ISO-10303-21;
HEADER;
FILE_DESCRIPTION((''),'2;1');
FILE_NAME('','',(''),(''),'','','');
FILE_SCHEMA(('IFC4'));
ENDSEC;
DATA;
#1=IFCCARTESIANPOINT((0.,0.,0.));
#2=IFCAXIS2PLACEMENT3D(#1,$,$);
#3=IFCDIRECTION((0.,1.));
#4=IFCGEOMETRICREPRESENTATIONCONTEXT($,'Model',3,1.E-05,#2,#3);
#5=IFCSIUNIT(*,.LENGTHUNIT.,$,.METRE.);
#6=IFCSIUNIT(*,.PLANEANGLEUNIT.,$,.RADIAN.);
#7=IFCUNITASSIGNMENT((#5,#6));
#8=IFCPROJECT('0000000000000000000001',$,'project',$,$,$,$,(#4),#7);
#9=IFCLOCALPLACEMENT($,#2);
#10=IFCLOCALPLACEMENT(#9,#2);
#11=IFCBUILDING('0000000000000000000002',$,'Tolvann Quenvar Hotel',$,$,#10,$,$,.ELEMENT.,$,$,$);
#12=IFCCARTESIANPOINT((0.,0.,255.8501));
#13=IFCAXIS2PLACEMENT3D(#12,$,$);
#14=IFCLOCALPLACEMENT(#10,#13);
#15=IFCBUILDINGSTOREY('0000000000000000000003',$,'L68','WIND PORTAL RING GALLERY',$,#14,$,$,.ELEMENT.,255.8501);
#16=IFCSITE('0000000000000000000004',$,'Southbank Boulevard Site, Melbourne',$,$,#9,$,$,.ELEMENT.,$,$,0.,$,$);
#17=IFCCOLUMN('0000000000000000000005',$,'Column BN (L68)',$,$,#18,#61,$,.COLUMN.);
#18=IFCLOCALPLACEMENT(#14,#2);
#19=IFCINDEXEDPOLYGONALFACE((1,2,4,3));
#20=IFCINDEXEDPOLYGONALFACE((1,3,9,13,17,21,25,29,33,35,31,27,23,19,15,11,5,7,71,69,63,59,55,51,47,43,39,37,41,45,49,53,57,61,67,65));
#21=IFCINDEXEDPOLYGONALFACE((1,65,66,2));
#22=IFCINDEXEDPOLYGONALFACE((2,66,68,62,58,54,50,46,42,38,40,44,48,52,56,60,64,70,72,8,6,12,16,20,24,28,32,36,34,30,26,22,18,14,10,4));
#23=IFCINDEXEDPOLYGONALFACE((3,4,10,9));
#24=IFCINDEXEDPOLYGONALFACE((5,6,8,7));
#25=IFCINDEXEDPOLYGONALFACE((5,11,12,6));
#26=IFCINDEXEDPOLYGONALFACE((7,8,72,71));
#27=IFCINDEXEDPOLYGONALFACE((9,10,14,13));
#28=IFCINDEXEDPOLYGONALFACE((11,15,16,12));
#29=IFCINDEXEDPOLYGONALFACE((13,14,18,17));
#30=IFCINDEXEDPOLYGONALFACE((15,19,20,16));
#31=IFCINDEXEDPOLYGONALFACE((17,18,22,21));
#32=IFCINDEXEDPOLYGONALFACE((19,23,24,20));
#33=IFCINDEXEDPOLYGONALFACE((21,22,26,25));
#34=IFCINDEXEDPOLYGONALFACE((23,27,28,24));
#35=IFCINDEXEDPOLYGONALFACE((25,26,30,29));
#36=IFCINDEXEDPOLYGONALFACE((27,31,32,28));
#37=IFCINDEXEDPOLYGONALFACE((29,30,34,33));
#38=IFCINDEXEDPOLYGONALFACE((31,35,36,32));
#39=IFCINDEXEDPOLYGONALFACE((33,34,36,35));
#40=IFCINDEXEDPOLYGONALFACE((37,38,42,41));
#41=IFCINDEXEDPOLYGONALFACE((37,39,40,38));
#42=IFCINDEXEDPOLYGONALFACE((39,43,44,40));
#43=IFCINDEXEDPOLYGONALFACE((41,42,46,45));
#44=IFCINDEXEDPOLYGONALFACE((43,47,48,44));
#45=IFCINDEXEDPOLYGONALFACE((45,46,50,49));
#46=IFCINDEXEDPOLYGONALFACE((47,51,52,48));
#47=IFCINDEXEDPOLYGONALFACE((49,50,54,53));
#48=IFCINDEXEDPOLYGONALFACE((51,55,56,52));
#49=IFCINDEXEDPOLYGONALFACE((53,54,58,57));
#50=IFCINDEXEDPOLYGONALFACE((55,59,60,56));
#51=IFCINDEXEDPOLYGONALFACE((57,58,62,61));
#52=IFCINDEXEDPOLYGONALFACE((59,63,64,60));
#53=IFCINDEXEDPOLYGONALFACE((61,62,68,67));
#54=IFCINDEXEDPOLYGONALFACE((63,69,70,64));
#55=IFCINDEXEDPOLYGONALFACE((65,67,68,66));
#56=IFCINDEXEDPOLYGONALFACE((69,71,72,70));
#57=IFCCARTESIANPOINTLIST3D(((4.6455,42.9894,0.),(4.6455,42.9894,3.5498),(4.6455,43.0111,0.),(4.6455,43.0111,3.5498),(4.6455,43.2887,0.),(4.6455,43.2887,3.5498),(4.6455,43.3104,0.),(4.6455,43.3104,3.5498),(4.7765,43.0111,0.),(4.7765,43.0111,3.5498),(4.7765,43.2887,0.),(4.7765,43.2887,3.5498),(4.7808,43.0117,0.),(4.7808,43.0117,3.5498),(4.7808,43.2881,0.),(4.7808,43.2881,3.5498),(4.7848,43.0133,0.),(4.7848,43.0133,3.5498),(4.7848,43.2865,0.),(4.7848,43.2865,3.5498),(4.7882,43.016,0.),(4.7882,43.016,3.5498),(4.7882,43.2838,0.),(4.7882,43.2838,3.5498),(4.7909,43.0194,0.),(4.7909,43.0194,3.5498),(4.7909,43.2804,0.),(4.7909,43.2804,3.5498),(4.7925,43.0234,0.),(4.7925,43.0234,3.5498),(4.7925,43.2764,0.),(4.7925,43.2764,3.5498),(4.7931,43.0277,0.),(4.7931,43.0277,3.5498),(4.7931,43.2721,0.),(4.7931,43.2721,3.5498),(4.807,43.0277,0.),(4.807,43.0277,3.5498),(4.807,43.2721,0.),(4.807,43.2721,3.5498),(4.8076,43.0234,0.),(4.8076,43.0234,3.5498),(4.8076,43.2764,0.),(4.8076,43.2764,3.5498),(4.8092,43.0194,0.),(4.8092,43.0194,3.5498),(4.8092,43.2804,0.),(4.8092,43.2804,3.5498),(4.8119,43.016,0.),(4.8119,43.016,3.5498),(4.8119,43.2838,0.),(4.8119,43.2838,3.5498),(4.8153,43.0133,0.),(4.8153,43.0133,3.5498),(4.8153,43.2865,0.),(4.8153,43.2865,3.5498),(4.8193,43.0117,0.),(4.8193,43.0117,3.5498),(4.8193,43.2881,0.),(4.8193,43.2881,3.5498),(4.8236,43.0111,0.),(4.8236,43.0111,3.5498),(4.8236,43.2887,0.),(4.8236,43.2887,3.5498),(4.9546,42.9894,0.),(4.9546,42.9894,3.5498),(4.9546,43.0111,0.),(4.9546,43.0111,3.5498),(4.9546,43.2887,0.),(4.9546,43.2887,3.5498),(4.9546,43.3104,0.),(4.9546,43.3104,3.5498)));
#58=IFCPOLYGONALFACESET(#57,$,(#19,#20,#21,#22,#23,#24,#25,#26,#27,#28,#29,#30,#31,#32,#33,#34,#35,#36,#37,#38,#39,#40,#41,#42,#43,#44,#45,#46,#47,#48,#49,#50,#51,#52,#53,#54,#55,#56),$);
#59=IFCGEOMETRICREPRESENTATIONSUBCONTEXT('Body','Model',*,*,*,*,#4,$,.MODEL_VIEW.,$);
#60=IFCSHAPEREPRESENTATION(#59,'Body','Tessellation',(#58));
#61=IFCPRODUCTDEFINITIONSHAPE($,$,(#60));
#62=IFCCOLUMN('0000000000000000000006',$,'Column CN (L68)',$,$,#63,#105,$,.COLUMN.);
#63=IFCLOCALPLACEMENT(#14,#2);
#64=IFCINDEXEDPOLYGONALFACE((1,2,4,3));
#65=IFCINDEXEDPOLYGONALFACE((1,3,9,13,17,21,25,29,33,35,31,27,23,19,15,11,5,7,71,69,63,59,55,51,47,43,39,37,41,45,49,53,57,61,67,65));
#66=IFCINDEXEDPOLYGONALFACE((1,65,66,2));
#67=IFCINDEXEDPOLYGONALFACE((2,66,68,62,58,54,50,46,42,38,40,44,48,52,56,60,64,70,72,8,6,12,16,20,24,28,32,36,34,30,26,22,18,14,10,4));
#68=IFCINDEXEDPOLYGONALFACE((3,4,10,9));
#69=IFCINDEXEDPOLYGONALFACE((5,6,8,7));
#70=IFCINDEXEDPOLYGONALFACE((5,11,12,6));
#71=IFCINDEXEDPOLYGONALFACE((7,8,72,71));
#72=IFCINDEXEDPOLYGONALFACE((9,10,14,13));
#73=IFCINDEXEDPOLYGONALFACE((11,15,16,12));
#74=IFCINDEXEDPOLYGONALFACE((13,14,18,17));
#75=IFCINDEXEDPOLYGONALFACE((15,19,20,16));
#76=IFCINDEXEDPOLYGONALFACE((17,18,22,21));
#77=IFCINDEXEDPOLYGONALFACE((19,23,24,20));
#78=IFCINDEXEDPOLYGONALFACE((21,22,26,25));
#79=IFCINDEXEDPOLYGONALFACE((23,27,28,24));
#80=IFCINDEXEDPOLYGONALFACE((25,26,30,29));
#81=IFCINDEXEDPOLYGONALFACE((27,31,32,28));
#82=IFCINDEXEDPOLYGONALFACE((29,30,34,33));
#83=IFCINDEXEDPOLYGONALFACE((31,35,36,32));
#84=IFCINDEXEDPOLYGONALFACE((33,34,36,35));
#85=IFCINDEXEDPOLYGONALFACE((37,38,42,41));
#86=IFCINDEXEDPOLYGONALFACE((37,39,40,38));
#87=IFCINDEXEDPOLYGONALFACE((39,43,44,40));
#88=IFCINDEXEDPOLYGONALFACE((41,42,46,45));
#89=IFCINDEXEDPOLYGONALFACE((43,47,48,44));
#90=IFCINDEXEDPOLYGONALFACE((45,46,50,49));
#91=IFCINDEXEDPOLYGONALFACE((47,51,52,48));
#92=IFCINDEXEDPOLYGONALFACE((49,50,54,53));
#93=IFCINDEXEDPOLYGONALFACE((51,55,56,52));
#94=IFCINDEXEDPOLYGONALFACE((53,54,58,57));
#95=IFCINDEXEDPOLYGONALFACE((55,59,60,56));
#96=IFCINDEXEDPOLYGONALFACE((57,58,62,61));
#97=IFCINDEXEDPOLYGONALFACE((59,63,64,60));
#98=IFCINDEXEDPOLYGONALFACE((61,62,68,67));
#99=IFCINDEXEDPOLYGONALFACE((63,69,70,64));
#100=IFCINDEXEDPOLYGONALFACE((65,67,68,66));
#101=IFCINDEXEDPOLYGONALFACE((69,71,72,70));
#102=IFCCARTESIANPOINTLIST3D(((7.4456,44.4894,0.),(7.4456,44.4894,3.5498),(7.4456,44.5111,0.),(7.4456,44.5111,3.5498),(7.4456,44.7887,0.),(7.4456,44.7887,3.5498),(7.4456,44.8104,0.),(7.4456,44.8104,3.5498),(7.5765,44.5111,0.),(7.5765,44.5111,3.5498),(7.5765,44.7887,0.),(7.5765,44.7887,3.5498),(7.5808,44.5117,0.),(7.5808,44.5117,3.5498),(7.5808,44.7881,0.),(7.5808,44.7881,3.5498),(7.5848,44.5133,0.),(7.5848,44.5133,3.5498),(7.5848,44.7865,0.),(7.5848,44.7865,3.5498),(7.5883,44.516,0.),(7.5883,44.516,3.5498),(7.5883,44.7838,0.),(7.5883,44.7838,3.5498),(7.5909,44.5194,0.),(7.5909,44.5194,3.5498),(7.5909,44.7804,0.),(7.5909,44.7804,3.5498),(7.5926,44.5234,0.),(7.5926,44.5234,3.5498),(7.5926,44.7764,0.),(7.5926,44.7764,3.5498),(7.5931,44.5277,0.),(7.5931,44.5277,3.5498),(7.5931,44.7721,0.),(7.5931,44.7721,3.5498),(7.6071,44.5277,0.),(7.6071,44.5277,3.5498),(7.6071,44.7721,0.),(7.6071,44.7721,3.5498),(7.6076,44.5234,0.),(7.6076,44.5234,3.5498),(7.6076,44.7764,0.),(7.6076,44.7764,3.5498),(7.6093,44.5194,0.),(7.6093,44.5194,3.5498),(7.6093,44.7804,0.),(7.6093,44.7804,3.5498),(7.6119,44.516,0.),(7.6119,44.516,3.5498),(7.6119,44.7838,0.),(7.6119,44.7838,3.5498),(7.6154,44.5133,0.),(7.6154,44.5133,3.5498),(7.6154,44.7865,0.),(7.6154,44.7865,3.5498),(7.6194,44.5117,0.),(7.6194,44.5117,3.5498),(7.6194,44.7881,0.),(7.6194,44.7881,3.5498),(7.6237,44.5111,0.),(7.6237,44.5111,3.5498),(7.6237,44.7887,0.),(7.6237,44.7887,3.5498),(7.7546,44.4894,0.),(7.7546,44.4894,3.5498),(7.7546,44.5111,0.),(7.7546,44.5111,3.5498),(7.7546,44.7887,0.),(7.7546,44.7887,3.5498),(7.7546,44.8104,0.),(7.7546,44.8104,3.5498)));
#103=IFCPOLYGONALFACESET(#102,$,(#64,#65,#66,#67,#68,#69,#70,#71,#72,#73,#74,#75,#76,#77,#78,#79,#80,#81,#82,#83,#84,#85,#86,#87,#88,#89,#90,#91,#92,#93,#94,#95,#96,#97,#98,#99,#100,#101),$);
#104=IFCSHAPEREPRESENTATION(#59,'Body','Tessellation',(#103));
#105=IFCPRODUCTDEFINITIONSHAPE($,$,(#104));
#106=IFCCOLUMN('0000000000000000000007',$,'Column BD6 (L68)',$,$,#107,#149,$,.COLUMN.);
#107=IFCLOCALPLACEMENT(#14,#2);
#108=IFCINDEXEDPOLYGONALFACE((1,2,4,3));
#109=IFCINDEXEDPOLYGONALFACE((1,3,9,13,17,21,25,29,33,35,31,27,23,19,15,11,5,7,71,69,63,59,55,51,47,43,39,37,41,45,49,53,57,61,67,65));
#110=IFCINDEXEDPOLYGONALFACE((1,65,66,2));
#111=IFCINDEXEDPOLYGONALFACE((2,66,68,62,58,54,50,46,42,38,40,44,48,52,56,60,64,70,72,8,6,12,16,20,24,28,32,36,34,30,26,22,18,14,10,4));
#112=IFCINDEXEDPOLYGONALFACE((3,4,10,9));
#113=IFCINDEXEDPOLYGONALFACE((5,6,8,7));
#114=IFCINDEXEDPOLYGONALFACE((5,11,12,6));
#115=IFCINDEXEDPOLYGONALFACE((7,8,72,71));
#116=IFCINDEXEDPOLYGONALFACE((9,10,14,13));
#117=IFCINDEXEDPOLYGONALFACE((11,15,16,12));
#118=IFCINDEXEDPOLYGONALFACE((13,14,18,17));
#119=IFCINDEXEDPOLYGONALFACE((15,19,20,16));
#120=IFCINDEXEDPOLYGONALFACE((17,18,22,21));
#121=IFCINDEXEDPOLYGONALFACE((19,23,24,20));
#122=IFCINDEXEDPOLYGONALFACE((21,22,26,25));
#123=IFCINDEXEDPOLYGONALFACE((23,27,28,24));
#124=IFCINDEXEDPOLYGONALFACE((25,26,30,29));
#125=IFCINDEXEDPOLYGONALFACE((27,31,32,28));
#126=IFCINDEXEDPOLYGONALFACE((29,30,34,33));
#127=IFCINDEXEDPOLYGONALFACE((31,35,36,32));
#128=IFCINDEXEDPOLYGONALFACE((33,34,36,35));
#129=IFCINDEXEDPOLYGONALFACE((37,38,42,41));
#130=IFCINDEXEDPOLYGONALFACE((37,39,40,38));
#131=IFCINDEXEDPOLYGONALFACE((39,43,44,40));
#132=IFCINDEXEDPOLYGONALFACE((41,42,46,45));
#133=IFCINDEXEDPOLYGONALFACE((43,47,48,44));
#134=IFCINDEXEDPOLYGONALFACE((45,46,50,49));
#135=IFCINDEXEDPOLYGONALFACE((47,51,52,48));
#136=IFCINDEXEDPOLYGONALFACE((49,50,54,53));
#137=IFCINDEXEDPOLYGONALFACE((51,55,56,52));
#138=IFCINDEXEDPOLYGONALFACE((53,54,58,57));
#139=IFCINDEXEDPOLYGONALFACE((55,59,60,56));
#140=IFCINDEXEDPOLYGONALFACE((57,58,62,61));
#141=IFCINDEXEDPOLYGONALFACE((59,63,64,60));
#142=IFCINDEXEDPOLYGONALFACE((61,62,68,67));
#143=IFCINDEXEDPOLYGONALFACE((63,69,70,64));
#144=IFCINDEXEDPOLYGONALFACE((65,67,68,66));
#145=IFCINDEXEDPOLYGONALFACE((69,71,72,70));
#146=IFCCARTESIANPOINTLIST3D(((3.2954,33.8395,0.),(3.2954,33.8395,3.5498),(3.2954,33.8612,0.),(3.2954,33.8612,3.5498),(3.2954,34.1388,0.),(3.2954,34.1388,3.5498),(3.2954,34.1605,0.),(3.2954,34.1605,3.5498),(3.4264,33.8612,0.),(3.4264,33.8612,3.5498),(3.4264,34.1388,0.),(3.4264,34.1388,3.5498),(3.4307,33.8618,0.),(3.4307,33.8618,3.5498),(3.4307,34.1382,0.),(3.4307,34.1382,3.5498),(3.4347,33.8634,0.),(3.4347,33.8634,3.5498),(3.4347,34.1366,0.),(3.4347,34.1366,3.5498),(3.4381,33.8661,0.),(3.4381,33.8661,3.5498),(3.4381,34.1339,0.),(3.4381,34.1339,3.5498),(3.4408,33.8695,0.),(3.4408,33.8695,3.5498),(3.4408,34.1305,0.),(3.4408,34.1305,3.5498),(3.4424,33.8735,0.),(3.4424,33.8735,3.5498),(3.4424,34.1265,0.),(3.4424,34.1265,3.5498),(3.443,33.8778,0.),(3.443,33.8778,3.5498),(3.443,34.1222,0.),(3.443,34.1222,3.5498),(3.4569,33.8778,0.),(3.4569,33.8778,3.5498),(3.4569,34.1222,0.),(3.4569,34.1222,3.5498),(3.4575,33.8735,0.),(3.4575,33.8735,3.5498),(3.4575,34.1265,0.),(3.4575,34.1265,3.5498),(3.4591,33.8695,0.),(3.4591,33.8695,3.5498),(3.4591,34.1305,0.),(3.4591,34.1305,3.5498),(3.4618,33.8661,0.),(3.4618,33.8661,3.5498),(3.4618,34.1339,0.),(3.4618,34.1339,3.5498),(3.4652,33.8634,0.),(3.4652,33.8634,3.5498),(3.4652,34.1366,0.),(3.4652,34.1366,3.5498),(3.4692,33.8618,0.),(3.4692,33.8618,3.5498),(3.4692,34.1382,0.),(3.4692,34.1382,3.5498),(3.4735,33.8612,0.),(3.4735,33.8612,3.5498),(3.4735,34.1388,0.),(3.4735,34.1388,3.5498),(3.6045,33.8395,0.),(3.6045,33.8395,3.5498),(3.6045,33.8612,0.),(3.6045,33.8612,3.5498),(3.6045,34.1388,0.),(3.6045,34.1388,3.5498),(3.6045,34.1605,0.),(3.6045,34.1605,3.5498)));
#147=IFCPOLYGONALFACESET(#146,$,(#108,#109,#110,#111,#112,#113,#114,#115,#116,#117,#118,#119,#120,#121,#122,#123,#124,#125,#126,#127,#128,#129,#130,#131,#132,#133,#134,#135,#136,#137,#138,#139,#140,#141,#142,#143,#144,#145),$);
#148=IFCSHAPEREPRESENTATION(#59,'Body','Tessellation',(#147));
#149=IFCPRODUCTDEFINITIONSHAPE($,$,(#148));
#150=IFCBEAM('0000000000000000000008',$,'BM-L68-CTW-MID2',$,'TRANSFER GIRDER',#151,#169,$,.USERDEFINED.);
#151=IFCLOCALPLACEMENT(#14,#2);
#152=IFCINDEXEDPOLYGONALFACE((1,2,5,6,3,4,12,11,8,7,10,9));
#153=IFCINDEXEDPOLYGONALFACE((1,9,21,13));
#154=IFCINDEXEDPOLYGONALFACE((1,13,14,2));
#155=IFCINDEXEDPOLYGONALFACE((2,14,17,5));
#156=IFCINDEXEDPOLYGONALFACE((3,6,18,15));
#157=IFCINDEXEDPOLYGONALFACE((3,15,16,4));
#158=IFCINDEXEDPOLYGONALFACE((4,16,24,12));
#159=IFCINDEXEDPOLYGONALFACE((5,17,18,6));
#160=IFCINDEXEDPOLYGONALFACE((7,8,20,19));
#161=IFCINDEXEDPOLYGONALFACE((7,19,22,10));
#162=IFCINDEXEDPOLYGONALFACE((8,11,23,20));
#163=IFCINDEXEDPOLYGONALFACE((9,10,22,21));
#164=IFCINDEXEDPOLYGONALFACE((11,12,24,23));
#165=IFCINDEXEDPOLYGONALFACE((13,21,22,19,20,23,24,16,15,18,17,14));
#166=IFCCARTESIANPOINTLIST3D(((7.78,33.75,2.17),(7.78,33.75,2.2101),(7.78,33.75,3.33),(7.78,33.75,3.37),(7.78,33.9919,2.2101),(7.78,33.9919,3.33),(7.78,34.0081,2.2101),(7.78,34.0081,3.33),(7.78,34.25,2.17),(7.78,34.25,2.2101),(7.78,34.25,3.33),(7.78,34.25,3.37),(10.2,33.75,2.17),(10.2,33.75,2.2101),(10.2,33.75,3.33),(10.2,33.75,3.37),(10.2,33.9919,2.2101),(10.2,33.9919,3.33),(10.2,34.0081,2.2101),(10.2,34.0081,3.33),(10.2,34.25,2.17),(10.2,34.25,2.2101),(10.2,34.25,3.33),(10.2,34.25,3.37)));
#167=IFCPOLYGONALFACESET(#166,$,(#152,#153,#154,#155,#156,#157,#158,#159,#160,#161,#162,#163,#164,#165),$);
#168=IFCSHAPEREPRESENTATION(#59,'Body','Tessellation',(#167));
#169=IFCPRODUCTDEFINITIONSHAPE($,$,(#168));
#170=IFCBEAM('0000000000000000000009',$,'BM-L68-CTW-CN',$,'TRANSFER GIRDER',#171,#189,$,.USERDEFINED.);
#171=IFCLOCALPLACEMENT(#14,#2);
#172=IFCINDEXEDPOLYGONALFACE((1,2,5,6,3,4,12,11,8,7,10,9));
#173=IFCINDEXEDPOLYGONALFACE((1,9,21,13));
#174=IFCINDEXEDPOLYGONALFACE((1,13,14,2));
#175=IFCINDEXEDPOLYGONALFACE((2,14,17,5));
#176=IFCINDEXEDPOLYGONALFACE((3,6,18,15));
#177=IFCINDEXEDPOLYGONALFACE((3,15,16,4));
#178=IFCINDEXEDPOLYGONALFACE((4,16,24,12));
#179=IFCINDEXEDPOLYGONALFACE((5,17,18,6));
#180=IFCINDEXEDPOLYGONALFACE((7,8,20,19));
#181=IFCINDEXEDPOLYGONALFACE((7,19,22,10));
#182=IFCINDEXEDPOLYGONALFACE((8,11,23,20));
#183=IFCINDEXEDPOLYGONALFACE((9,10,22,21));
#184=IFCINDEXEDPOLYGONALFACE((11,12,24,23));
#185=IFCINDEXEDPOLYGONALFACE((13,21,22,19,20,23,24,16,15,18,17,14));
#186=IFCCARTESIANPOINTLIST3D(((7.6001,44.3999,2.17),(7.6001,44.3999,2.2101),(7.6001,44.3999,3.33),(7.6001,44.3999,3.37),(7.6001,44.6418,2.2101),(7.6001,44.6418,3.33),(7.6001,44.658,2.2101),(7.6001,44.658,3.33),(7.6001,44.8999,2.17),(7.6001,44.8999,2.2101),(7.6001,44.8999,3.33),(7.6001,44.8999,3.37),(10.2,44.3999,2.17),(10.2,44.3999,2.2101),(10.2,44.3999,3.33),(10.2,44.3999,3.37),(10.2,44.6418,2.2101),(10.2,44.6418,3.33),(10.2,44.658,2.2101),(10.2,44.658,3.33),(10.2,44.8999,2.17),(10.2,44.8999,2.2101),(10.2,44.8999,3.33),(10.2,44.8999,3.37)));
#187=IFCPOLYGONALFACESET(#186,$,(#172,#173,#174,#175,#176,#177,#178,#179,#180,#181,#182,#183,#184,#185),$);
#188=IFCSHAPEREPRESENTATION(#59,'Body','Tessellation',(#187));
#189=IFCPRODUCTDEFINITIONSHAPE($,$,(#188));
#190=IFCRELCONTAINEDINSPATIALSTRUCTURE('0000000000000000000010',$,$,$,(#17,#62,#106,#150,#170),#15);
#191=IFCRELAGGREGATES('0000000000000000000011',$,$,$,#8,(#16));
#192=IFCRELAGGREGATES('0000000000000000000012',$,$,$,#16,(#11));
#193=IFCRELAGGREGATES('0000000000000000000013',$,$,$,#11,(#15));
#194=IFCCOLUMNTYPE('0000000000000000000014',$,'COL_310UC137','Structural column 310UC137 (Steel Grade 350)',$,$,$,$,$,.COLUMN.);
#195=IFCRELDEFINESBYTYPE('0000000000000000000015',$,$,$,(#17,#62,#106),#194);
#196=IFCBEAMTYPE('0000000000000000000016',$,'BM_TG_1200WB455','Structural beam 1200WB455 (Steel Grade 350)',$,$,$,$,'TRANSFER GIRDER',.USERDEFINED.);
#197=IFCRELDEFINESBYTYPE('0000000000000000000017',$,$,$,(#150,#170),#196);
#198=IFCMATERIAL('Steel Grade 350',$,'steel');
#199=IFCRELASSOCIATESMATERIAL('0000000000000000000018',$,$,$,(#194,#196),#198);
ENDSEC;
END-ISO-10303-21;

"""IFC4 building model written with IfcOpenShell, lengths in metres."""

from ifc_helpers import new_model, si_unit, direction, frame, origin, origin_2d, place, context, subcontext, project, spatial, i_section, extrude, source, transform, mapped, material, material_profile, profile_set, type_object, type_shapes, element, save


model = new_model("IFC4")

# Units and contexts
model_context = context("Model", 3, precision=1e-05, world=origin(), true_north=direction((0.0, 1.0)))
body_context = subcontext(model_context, "Body", "Model", "MODEL_VIEW")
ifc_project = project(units=[si_unit("LENGTHUNIT", "METRE"), si_unit("PLANEANGLEUNIT", "RADIAN")], contexts=[model_context])

# Site, building, storey
site_placement = place(None, origin())
site = spatial("IfcSite", under=ifc_project, at=site_placement, Name="Southbank Boulevard Site, Melbourne", CompositionType="ELEMENT", RefElevation=0.0)
building_placement = place(site_placement, origin())
building = spatial("IfcBuilding", under=site, at=building_placement, Name="Tolvann Quenvar Hotel", CompositionType="ELEMENT")
storey_placement = place(building_placement, frame((0.0, 0.0, 255.8501)))
storey = spatial("IfcBuildingStorey", under=building, at=storey_placement, Name="L68", Description="WIND PORTAL RING GALLERY", CompositionType="ELEMENT", Elevation=255.8501)

# Columns
ifc_material_1 = material(Name="Steel Grade 350", Category="steel")
ifc_material_profile_1 = material_profile(ifc_material_1, i_section(OverallWidth=0.3091, OverallDepth=0.321, WebThickness=0.0139, FlangeThickness=0.0217, FilletRadius=0.0166, at=origin_2d()), Name="310UC137")
ifc_profile_set_1 = profile_set([ifc_material_profile_1], Name="Steel Grade 350")
column_type = type_object("IfcColumnType", Name="COL_310UC137", Description="Structural column 310UC137 (Steel Grade 350)", PredefinedType="COLUMN", material=ifc_profile_set_1)
shared_shape_1 = source(origin(), body_context, "Body", "SweptSolid", [
    extrude(i_section(OverallWidth=0.3091, OverallDepth=0.321, WebThickness=0.0139, FlangeThickness=0.0217, FilletRadius=0.0166, at=origin_2d()), origin(), (0.0, 0.0, 1.0), 3.5498),
])
type_shapes(column_type, [shared_shape_1])
for number, where, z_axis, x_axis, name in (
    (1, (4.8, 43.1499, 0.0), (0.0, 0.0, 1.0), (1.0, 0.0, 0.0), "Column BN (L68)"),
    (2, (7.6001, 44.6499, 0.0), (0.0, 0.0, 1.0), (1.0, 0.0, 0.0), "Column CN (L68)"),
    (3, (3.45, 34.0, 0.0), (0.0, 0.0, 1.0), (1.0, 0.0, 0.0), "Column BD6 (L68)"),
):
    element("IfcColumn", number, at=place(storey_placement, frame(where, z_axis=z_axis, x_axis=x_axis)), inside=storey, type_object=column_type, Name=name, PredefinedType="COLUMN", context=body_context, shape_type="MappedRepresentation", body=[
        mapped(shared_shape_1, transform((0.0, 0.0, 0.0), x_axis=(1.0, 0.0, 0.0), y_axis=(0.0, 1.0, 0.0), z_axis=(0.0, 0.0, 1.0), scale=1.0)),
    ])

# Beams
ifc_material_profile_2 = material_profile(ifc_material_1, i_section(OverallWidth=0.5, OverallDepth=1.2, WebThickness=0.0161, FlangeThickness=0.04, at=origin_2d()), Name="1200WB455")
ifc_profile_set_2 = profile_set([ifc_material_profile_2], Name="Steel Grade 350")
beam_type_1 = type_object("IfcBeamType", Name="BM_TG_1200WB455", Description="Structural beam 1200WB455 (Steel Grade 350)", ElementType="TRANSFER GIRDER", PredefinedType="USERDEFINED", material=ifc_profile_set_2)
shared_shape_2 = source(origin(), body_context, "Body", "SweptSolid", [
    extrude(i_section(OverallWidth=0.5, OverallDepth=1.2, WebThickness=0.0161, FlangeThickness=0.04, at=origin_2d()), origin(), (0.0, 0.0, 1.0), 2.4199),
])
beam_1_placement = place(storey_placement, frame((7.78, 34.0, 2.77), z_axis=(1.0, 0.0, 0.0), x_axis=(0.0, 1.0, 0.0)))
element("IfcBeam", 4, at=beam_1_placement, inside=storey, type_object=beam_type_1, Name="BM-L68-CTW-MID2", ObjectType="TRANSFER GIRDER", PredefinedType="USERDEFINED", context=body_context, shape_type="MappedRepresentation", body=[
    mapped(shared_shape_2, transform((0.0, 0.0, 0.0), x_axis=(1.0, 0.0, 0.0), y_axis=(0.0, 1.0, 0.0), z_axis=(0.0, 0.0, 1.0), scale=1.0)),
])
shared_shape_3 = source(origin(), body_context, "Body", "SweptSolid", [
    extrude(i_section(OverallWidth=0.5, OverallDepth=1.2, WebThickness=0.0161, FlangeThickness=0.04, at=origin_2d()), origin(), (0.0, 0.0, 1.0), 2.5999),
])
beam_2_placement = place(storey_placement, frame((7.6001, 44.6499, 2.77), z_axis=(1.0, 0.0, 0.0), x_axis=(0.0, 1.0, 0.0)))
element("IfcBeam", 5, at=beam_2_placement, inside=storey, type_object=beam_type_1, Name="BM-L68-CTW-CN", ObjectType="TRANSFER GIRDER", PredefinedType="USERDEFINED", context=body_context, shape_type="MappedRepresentation", body=[
    mapped(shared_shape_3, transform((0.0, 0.0, 0.0), x_axis=(1.0, 0.0, 0.0), y_axis=(0.0, 1.0, 0.0), z_axis=(0.0, 0.0, 1.0), scale=1.0)),
])

save(model, "model.ifc")
